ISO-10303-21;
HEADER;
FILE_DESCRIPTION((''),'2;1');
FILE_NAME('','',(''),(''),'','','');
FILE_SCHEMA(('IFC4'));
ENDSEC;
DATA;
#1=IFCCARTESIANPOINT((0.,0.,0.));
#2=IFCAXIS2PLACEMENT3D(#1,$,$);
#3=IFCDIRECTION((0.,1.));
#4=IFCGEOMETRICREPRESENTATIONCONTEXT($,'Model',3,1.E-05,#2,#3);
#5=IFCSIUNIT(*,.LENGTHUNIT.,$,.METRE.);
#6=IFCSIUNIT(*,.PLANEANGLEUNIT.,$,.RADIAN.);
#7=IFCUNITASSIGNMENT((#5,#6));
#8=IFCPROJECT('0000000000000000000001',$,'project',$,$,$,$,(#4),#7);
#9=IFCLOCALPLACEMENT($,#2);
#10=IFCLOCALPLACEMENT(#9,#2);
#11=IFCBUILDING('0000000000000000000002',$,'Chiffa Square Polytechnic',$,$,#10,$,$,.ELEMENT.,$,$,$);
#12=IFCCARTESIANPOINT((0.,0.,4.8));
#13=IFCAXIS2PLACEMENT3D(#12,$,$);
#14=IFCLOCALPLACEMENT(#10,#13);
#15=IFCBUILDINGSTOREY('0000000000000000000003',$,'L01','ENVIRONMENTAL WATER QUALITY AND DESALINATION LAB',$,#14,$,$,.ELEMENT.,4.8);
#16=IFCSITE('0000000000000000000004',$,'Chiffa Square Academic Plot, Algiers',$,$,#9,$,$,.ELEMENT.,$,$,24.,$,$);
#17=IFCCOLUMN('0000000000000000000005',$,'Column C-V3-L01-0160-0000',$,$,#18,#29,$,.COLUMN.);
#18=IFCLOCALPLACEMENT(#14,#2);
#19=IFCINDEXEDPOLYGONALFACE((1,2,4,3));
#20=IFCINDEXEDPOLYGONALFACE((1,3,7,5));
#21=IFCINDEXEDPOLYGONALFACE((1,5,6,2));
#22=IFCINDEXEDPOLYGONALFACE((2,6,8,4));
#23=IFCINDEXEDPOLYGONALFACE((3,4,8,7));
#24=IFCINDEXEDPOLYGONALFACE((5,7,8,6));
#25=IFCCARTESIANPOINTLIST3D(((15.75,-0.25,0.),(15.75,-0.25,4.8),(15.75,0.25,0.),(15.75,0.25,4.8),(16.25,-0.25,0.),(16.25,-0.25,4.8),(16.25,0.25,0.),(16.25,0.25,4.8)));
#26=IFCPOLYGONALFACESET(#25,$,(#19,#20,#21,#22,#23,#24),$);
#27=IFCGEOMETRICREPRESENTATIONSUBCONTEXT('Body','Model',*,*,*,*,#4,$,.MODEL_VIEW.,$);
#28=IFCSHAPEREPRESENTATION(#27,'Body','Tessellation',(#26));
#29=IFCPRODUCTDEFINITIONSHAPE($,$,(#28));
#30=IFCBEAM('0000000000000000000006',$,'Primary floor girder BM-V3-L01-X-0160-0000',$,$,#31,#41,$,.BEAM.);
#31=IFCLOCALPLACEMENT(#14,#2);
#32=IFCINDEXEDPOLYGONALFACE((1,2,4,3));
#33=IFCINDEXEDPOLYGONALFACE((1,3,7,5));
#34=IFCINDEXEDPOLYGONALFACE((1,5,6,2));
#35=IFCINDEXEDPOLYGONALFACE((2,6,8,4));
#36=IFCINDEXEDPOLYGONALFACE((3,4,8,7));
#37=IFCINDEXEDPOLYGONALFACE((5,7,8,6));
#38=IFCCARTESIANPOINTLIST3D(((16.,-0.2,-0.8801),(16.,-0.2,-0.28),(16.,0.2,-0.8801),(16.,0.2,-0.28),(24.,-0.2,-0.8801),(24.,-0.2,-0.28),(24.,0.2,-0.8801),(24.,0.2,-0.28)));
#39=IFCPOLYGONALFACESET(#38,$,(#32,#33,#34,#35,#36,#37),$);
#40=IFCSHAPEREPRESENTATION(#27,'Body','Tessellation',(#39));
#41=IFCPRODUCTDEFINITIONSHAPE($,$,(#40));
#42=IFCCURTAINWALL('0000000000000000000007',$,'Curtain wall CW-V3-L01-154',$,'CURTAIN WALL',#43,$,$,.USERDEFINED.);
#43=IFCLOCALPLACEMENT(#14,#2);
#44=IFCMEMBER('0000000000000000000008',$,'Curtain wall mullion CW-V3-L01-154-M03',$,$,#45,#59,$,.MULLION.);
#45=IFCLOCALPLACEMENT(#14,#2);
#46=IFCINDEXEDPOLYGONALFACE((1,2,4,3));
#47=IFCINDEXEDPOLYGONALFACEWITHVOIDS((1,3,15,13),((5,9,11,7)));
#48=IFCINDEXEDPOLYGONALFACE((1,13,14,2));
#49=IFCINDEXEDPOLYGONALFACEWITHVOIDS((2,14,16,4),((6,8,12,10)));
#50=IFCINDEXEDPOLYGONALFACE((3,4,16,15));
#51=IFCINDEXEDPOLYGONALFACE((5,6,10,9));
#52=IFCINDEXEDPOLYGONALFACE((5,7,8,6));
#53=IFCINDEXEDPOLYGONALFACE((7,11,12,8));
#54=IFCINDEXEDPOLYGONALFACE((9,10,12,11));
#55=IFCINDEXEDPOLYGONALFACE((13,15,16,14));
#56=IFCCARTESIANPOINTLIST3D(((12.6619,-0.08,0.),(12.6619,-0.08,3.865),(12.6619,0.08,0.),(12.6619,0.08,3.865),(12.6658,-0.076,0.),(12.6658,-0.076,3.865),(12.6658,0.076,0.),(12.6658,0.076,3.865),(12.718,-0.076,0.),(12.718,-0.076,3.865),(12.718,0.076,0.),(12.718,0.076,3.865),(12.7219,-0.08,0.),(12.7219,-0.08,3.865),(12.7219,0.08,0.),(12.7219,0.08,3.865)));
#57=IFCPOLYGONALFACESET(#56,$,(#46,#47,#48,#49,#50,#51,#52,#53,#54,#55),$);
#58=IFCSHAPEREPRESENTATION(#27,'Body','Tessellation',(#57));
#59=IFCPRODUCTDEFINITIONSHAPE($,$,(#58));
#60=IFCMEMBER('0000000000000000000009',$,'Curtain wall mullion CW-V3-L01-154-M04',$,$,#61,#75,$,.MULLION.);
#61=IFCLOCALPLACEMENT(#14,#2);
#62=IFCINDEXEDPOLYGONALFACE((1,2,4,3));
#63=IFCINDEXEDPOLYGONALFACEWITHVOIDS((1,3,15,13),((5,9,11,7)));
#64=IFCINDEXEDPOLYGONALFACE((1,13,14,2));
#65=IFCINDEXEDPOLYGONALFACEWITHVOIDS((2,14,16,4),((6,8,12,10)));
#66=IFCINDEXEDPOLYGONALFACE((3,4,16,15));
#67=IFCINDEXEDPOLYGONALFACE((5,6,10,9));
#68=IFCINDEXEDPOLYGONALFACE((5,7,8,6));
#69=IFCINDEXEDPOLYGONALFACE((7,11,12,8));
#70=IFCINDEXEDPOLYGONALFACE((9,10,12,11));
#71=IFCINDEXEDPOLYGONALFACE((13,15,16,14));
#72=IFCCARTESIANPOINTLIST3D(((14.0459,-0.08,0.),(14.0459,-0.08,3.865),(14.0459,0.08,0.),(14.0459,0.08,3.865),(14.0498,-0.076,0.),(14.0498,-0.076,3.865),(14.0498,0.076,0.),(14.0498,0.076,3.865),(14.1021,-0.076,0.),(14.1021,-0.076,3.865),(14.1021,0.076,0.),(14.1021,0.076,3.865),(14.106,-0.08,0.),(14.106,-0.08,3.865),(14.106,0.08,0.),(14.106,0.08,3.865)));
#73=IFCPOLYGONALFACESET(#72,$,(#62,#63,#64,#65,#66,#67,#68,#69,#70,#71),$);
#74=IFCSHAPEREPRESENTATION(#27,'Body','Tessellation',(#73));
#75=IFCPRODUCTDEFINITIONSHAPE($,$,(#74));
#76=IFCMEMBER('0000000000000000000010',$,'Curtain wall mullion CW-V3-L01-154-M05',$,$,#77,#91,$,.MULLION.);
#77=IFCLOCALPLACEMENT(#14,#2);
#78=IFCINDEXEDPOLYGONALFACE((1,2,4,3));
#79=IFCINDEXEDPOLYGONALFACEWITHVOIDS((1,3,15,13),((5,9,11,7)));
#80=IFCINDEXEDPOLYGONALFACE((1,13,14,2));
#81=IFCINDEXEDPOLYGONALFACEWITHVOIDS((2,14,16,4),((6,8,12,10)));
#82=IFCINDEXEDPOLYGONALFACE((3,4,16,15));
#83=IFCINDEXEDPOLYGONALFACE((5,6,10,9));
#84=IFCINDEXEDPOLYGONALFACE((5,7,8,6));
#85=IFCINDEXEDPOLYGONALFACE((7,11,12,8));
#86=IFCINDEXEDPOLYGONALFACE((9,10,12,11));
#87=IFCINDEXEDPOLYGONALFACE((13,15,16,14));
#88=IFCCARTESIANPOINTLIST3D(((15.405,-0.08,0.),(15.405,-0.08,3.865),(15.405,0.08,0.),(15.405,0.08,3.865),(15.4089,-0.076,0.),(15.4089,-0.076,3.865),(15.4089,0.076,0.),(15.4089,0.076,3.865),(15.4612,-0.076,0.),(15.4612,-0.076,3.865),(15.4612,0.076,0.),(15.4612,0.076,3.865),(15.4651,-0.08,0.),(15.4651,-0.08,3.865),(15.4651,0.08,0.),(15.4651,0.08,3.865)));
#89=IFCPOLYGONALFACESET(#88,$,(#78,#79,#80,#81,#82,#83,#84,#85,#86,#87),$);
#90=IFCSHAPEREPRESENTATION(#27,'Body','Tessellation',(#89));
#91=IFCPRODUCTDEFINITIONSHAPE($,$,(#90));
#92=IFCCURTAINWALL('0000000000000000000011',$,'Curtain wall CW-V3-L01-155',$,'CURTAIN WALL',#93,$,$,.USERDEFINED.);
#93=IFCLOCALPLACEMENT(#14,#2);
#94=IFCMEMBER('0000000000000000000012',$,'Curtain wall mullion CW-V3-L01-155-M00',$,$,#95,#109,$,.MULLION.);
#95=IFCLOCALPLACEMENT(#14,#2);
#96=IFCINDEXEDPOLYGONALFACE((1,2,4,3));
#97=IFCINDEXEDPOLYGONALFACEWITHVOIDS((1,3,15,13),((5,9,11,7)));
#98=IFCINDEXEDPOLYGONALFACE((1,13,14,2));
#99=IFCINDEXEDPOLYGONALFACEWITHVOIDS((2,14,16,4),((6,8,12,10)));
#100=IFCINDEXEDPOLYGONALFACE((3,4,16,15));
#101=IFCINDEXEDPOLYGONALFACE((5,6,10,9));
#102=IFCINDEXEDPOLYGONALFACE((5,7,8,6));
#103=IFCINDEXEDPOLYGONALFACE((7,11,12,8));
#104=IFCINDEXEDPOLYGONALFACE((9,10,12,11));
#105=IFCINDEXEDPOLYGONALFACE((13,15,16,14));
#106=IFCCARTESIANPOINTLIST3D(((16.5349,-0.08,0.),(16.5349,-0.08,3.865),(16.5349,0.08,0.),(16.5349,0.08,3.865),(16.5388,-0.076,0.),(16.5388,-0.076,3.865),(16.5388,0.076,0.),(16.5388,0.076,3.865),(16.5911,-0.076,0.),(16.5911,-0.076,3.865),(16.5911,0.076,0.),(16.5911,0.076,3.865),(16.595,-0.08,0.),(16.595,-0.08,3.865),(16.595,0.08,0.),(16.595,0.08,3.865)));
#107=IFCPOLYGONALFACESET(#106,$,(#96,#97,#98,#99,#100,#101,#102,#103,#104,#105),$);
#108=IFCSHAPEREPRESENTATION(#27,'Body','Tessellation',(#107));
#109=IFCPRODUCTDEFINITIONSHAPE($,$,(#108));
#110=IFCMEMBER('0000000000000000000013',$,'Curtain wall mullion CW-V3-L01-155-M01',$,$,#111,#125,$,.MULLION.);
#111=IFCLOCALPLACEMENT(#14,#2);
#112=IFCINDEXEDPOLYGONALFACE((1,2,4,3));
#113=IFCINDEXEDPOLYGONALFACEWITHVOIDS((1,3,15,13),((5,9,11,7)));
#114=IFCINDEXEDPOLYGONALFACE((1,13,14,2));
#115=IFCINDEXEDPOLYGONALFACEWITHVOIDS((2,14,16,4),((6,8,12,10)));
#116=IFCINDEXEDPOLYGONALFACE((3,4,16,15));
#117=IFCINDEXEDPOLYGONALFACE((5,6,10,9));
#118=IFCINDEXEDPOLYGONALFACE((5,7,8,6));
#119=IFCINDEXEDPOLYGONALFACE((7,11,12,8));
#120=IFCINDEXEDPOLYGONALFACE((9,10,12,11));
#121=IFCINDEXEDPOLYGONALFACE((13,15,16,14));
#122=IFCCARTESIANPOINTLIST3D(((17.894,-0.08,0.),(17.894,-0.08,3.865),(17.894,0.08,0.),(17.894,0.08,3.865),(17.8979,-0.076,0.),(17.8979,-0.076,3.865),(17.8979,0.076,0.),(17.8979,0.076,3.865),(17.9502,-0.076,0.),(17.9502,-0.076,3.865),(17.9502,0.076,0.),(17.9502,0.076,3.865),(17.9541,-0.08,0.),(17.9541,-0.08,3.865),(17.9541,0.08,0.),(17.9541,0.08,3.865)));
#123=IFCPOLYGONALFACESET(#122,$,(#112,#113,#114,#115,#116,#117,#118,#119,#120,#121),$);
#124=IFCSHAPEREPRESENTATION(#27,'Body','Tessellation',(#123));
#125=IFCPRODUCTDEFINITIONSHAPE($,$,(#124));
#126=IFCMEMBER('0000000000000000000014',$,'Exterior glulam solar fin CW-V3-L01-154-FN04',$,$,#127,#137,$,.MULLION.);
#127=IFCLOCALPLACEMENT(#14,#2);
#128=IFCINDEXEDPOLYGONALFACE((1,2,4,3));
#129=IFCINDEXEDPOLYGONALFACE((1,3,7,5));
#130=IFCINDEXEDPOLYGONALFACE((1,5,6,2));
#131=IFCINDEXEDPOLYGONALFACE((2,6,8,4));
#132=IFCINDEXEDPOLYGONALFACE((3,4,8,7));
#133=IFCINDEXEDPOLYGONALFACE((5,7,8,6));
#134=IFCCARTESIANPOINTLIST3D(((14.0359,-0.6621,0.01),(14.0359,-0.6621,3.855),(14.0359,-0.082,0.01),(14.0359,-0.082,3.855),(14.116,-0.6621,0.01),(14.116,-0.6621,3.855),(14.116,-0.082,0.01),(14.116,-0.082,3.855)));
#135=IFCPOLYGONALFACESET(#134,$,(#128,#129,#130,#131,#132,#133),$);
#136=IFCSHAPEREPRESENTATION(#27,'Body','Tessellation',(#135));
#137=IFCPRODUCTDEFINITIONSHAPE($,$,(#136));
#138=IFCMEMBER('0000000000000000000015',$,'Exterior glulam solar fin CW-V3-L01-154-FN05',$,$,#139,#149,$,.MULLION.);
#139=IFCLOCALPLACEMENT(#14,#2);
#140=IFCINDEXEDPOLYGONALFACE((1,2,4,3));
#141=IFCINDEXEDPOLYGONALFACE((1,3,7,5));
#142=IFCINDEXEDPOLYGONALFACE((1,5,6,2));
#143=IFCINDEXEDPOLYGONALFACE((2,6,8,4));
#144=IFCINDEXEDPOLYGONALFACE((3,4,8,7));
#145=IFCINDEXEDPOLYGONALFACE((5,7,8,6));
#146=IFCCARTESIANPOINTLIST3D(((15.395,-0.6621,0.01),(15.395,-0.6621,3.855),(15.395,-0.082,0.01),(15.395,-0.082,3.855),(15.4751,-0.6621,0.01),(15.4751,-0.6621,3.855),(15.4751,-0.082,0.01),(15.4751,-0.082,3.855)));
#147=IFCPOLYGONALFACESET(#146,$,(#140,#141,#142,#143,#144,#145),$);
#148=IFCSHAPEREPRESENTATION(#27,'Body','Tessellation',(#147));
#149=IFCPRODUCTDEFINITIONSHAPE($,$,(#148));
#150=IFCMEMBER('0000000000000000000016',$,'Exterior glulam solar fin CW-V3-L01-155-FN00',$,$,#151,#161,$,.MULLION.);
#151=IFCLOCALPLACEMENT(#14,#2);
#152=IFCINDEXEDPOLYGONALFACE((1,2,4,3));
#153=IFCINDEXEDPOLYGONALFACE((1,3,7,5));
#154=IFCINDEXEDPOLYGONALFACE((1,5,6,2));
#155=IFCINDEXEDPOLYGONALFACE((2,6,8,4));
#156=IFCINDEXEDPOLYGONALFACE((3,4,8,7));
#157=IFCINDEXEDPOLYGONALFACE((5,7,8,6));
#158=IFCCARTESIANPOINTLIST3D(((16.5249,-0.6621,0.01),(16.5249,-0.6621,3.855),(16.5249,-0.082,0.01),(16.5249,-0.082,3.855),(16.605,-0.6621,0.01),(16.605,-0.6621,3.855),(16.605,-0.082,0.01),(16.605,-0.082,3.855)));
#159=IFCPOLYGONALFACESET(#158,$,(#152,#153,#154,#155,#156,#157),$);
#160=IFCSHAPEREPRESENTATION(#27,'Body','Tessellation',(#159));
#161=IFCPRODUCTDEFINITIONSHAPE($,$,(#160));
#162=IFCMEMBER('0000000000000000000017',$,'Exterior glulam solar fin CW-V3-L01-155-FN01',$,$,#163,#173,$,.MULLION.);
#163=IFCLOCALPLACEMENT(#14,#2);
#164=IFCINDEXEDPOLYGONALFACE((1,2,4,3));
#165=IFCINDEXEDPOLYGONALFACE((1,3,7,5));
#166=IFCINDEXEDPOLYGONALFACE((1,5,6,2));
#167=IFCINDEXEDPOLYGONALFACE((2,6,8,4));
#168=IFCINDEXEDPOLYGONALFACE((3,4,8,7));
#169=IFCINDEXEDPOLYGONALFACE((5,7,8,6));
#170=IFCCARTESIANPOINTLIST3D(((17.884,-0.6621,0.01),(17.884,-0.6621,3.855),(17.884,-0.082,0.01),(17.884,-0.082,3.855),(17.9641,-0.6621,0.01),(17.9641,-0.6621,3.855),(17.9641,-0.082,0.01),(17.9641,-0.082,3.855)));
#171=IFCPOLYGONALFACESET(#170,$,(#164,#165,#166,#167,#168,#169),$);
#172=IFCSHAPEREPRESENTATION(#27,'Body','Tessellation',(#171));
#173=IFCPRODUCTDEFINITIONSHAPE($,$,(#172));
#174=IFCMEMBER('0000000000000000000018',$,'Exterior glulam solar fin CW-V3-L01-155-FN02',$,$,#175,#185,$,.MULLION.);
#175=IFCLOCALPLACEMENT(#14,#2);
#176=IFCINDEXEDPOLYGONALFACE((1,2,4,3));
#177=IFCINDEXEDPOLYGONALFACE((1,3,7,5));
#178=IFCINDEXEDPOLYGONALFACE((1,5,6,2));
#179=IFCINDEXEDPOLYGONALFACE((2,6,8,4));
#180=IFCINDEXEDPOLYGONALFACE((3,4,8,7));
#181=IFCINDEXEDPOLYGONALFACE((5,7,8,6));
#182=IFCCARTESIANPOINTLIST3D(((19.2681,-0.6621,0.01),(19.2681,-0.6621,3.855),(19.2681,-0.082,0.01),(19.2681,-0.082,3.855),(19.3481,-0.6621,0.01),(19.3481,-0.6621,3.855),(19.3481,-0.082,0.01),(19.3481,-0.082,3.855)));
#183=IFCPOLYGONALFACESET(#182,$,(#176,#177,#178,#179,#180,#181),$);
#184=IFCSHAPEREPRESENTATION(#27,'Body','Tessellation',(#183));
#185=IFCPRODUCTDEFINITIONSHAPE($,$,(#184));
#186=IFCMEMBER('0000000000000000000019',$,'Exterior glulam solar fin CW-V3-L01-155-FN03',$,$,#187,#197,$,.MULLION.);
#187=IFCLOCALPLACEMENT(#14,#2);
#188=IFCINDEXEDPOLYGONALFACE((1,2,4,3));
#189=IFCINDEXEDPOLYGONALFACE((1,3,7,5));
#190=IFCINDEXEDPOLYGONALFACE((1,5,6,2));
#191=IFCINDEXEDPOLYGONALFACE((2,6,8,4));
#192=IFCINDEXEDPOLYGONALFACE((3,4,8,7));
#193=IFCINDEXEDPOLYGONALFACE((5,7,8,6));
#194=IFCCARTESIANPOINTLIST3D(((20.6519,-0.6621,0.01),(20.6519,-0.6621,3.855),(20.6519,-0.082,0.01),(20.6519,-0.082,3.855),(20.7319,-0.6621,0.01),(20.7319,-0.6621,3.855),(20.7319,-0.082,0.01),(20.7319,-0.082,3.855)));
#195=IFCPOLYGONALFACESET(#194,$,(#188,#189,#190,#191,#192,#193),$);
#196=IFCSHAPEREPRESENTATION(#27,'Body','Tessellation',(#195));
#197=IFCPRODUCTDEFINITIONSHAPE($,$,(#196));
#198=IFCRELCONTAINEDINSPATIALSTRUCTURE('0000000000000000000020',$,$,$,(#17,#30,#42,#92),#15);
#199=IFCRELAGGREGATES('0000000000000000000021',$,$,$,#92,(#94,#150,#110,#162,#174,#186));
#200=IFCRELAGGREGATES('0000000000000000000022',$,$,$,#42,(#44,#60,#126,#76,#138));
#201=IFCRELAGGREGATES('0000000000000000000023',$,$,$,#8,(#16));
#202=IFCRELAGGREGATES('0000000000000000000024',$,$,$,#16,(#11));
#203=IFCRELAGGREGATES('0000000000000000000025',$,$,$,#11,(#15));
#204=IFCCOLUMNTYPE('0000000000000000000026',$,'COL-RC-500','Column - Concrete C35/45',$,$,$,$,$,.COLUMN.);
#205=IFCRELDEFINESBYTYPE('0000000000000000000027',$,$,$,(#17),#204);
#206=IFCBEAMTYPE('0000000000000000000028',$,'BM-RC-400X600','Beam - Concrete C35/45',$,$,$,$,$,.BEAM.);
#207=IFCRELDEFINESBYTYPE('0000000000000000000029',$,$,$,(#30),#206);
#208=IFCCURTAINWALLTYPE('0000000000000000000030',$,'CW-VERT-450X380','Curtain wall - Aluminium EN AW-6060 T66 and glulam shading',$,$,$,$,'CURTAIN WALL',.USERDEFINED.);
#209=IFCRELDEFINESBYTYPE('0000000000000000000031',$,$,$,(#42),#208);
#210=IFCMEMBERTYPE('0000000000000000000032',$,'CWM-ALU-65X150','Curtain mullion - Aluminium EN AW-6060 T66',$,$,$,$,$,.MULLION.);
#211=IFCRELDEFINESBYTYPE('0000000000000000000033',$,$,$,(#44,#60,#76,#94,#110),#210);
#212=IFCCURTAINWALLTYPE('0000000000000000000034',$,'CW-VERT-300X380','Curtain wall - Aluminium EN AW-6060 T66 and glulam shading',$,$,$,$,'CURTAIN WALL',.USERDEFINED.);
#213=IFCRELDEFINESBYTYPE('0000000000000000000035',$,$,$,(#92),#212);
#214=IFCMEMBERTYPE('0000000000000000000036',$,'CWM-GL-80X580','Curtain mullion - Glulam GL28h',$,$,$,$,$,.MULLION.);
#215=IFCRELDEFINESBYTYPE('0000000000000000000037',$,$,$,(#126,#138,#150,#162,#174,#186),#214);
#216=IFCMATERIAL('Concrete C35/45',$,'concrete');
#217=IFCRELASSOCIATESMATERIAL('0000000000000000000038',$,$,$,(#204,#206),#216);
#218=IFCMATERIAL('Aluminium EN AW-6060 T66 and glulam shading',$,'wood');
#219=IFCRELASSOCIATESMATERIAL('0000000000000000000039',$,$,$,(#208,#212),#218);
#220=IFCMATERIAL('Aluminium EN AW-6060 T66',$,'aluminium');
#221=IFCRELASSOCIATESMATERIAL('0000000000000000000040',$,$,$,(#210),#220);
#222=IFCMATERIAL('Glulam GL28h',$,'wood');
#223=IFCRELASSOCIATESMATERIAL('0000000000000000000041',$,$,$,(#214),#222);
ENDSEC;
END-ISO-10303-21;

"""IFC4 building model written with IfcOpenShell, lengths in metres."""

from ifc_helpers import new_model, si_unit, direction, frame, origin, origin_2d, place, context, subcontext, project, spatial, rectangle, hollow_rectangle, extrude, material, material_profile, profile_set, type_object, element, aggregate, save


model = new_model("IFC4")

# Units and contexts
model_context = context("Model", 3, precision=1e-05, world=origin(), true_north=direction((0.0, 1.0)))
body_context = subcontext(model_context, "Body", "Model", "MODEL_VIEW")
ifc_project = project(units=[si_unit("LENGTHUNIT", "METRE"), si_unit("PLANEANGLEUNIT", "RADIAN")], contexts=[model_context])

# Site, building, storey
site_placement = place(None, origin())
site = spatial("IfcSite", under=ifc_project, at=site_placement, Name="Chiffa Square Academic Plot, Algiers", CompositionType="ELEMENT", RefElevation=24.0)
building_placement = place(site_placement, origin())
building = spatial("IfcBuilding", under=site, at=building_placement, Name="Chiffa Square Polytechnic", CompositionType="ELEMENT")
storey_placement = place(building_placement, frame((0.0, 0.0, 4.8)))
storey = spatial("IfcBuildingStorey", under=building, at=storey_placement, Name="L01", Description="ENVIRONMENTAL WATER QUALITY AND DESALINATION LAB", CompositionType="ELEMENT", Elevation=4.8)

# Column
ifc_material_1 = material(Name="Concrete C35/45", Category="concrete")
ifc_material_profile_1 = material_profile(ifc_material_1, rectangle(XDim=0.5, YDim=0.5, at=origin_2d()), Name="RC 500x500")
ifc_profile_set_1 = profile_set([ifc_material_profile_1], Name="Concrete C35/45")
column_type = type_object("IfcColumnType", Name="COL-RC-500", Description="Column - Concrete C35/45", PredefinedType="COLUMN", material=ifc_profile_set_1)
column_placement = place(storey_placement, frame((16.0, 0.0, 0.0), z_axis=(0.0, 0.0, 1.0), x_axis=(1.0, 0.0, 0.0)))
element("IfcColumn", 1, at=column_placement, inside=storey, type_object=column_type, Name="Column C-V3-L01-0160-0000", PredefinedType="COLUMN", context=body_context, shape_type="SweptSolid", body=[
    extrude(rectangle(XDim=0.5, YDim=0.5, at=origin_2d()), origin(), (0.0, 0.0, 1.0), 4.8),
])

# Beam
ifc_material_profile_2 = material_profile(ifc_material_1, rectangle(XDim=0.3999, YDim=0.6001, at=origin_2d()), Name="RC 400x600")
ifc_profile_set_2 = profile_set([ifc_material_profile_2], Name="Concrete C35/45")
beam_type = type_object("IfcBeamType", Name="BM-RC-400X600", Description="Beam - Concrete C35/45", PredefinedType="BEAM", material=ifc_profile_set_2)
beam_placement = place(storey_placement, frame((16.0, 0.0, -0.5801), z_axis=(1.0, 0.0, 0.0), x_axis=(0.0, 1.0, 0.0)))
element("IfcBeam", 2, at=beam_placement, inside=storey, type_object=beam_type, Name="Primary floor girder BM-V3-L01-X-0160-0000", PredefinedType="BEAM", context=body_context, shape_type="SweptSolid", body=[
    extrude(rectangle(XDim=0.3999, YDim=0.6001, at=origin_2d()), origin(), (0.0, 0.0, 1.0), 8.0),
])

# Curtain walls, members
ifc_material_2 = material(Name="Aluminium EN AW-6060 T66 and glulam shading", Category="wood")
curtain_wall_type_1 = type_object("IfcCurtainWallType", Name="CW-VERT-450X380", Description="Curtain wall - Aluminium EN AW-6060 T66 and glulam shading", ElementType="CURTAIN WALL", PredefinedType="USERDEFINED", material=ifc_material_2)
curtain_wall_1_placement = place(storey_placement, origin())
curtain_wall_1 = element("IfcCurtainWall", 3, at=curtain_wall_1_placement, inside=storey, type_object=curtain_wall_type_1, Name="Curtain wall CW-V3-L01-154", ObjectType="CURTAIN WALL", PredefinedType="USERDEFINED")
ifc_material_3 = material(Name="Aluminium EN AW-6060 T66", Category="aluminium")
ifc_material_profile_3 = material_profile(ifc_material_3, hollow_rectangle(XDim=0.0601, YDim=0.1599, WallThickness=0.0039, at=origin_2d()), Name="ALU 60x160x4")
ifc_profile_set_3 = profile_set([ifc_material_profile_3], Name="Aluminium EN AW-6060 T66")
member_type_1 = type_object("IfcMemberType", Name="CWM-ALU-65X150", Description="Curtain mullion - Aluminium EN AW-6060 T66", PredefinedType="MULLION", material=ifc_profile_set_3)
member_1_placement = place(storey_placement, frame((12.6919, 0.0, 0.0), z_axis=(0.0, 0.0, 1.0), x_axis=(1.0, 0.0, 0.0)))
member_1 = element("IfcMember", 4, at=member_1_placement, type_object=member_type_1, Name="Curtain wall mullion CW-V3-L01-154-M03", PredefinedType="MULLION", context=body_context, shape_type="SweptSolid", body=[
    extrude(hollow_rectangle(XDim=0.0601, YDim=0.1599, WallThickness=0.0039, at=origin_2d()), origin(), (0.0, 0.0, 1.0), 3.865),
])
member_2_placement = place(storey_placement, frame((14.0759, 0.0, 0.0), z_axis=(0.0, 0.0, 1.0), x_axis=(1.0, 0.0, 0.0)))
member_2 = element("IfcMember", 5, at=member_2_placement, type_object=member_type_1, Name="Curtain wall mullion CW-V3-L01-154-M04", PredefinedType="MULLION", context=body_context, shape_type="SweptSolid", body=[
    extrude(hollow_rectangle(XDim=0.0601, YDim=0.1599, WallThickness=0.0039, at=origin_2d()), origin(), (0.0, 0.0, 1.0), 3.865),
])
member_3_placement = place(storey_placement, frame((15.4351, 0.0, 0.0), z_axis=(0.0, 0.0, 1.0), x_axis=(1.0, 0.0, 0.0)))
member_3 = element("IfcMember", 6, at=member_3_placement, type_object=member_type_1, Name="Curtain wall mullion CW-V3-L01-154-M05", PredefinedType="MULLION", context=body_context, shape_type="SweptSolid", body=[
    extrude(hollow_rectangle(XDim=0.0601, YDim=0.1599, WallThickness=0.0039, at=origin_2d()), origin(), (0.0, 0.0, 1.0), 3.865),
])
curtain_wall_type_2 = type_object("IfcCurtainWallType", Name="CW-VERT-300X380", Description="Curtain wall - Aluminium EN AW-6060 T66 and glulam shading", ElementType="CURTAIN WALL", PredefinedType="USERDEFINED", material=ifc_material_2)
curtain_wall_2_placement = place(storey_placement, origin())
curtain_wall_2 = element("IfcCurtainWall", 7, at=curtain_wall_2_placement, inside=storey, type_object=curtain_wall_type_2, Name="Curtain wall CW-V3-L01-155", ObjectType="CURTAIN WALL", PredefinedType="USERDEFINED")
member_4_placement = place(storey_placement, frame((16.5649, 0.0, 0.0), z_axis=(0.0, 0.0, 1.0), x_axis=(1.0, 0.0, 0.0)))
member_4 = element("IfcMember", 8, at=member_4_placement, type_object=member_type_1, Name="Curtain wall mullion CW-V3-L01-155-M00", PredefinedType="MULLION", context=body_context, shape_type="SweptSolid", body=[
    extrude(hollow_rectangle(XDim=0.0601, YDim=0.1599, WallThickness=0.0039, at=origin_2d()), origin(), (0.0, 0.0, 1.0), 3.865),
])
member_5_placement = place(storey_placement, frame((17.9241, 0.0, 0.0), z_axis=(0.0, 0.0, 1.0), x_axis=(1.0, 0.0, 0.0)))
member_5 = element("IfcMember", 9, at=member_5_placement, type_object=member_type_1, Name="Curtain wall mullion CW-V3-L01-155-M01", PredefinedType="MULLION", context=body_context, shape_type="SweptSolid", body=[
    extrude(hollow_rectangle(XDim=0.0601, YDim=0.1599, WallThickness=0.0039, at=origin_2d()), origin(), (0.0, 0.0, 1.0), 3.865),
])

# Members
ifc_material_4 = material(Name="Glulam GL28h", Category="wood")
ifc_material_profile_4 = material_profile(ifc_material_4, rectangle(XDim=0.0801, YDim=0.5801, at=origin_2d()), Name="GL28h 80x580")
ifc_profile_set_4 = profile_set([ifc_material_profile_4], Name="Glulam GL28h")
member_type_2 = type_object("IfcMemberType", Name="CWM-GL-80X580", Description="Curtain mullion - Glulam GL28h", PredefinedType="MULLION", material=ifc_profile_set_4)
member_6_placement = place(storey_placement, frame((14.0759, -0.3721, 0.01), z_axis=(0.0, 0.0, 1.0), x_axis=(1.0, 0.0, 0.0)))
member_6 = element("IfcMember", 10, at=member_6_placement, type_object=member_type_2, Name="Exterior glulam solar fin CW-V3-L01-154-FN04", PredefinedType="MULLION", context=body_context, shape_type="SweptSolid", body=[
    extrude(rectangle(XDim=0.0801, YDim=0.5801, at=origin_2d()), origin(), (0.0, 0.0, 1.0), 3.845),
])
member_7_placement = place(storey_placement, frame((15.4351, -0.3721, 0.01), z_axis=(0.0, 0.0, 1.0), x_axis=(1.0, 0.0, 0.0)))
member_7 = element("IfcMember", 11, at=member_7_placement, type_object=member_type_2, Name="Exterior glulam solar fin CW-V3-L01-154-FN05", PredefinedType="MULLION", context=body_context, shape_type="SweptSolid", body=[
    extrude(rectangle(XDim=0.0801, YDim=0.5801, at=origin_2d()), origin(), (0.0, 0.0, 1.0), 3.845),
])
member_8_placement = place(storey_placement, frame((16.5649, -0.3721, 0.01), z_axis=(0.0, 0.0, 1.0), x_axis=(1.0, 0.0, 0.0)))
member_8 = element("IfcMember", 12, at=member_8_placement, type_object=member_type_2, Name="Exterior glulam solar fin CW-V3-L01-155-FN00", PredefinedType="MULLION", context=body_context, shape_type="SweptSolid", body=[
    extrude(rectangle(XDim=0.0801, YDim=0.5801, at=origin_2d()), origin(), (0.0, 0.0, 1.0), 3.845),
])
member_9_placement = place(storey_placement, frame((17.9241, -0.3721, 0.01), z_axis=(0.0, 0.0, 1.0), x_axis=(1.0, 0.0, 0.0)))
member_9 = element("IfcMember", 13, at=member_9_placement, type_object=member_type_2, Name="Exterior glulam solar fin CW-V3-L01-155-FN01", PredefinedType="MULLION", context=body_context, shape_type="SweptSolid", body=[
    extrude(rectangle(XDim=0.0801, YDim=0.5801, at=origin_2d()), origin(), (0.0, 0.0, 1.0), 3.845),
])
member_10_placement = place(storey_placement, frame((19.3081, -0.3721, 0.01), z_axis=(0.0, 0.0, 1.0), x_axis=(1.0, 0.0, 0.0)))
member_10 = element("IfcMember", 14, at=member_10_placement, type_object=member_type_2, Name="Exterior glulam solar fin CW-V3-L01-155-FN02", PredefinedType="MULLION", context=body_context, shape_type="SweptSolid", body=[
    extrude(rectangle(XDim=0.0801, YDim=0.5801, at=origin_2d()), origin(), (0.0, 0.0, 1.0), 3.845),
])
member_11_placement = place(storey_placement, frame((20.6919, -0.3721, 0.01), z_axis=(0.0, 0.0, 1.0), x_axis=(1.0, 0.0, 0.0)))
member_11 = element("IfcMember", 15, at=member_11_placement, type_object=member_type_2, Name="Exterior glulam solar fin CW-V3-L01-155-FN03", PredefinedType="MULLION", context=body_context, shape_type="SweptSolid", body=[
    extrude(rectangle(XDim=0.0801, YDim=0.5801, at=origin_2d()), origin(), (0.0, 0.0, 1.0), 3.845),
])

aggregate(curtain_wall_2, [member_4, member_8, member_5, member_9, member_10, member_11])
aggregate(curtain_wall_1, [member_1, member_2, member_6, member_3, member_7])

save(model, "model.ifc")
